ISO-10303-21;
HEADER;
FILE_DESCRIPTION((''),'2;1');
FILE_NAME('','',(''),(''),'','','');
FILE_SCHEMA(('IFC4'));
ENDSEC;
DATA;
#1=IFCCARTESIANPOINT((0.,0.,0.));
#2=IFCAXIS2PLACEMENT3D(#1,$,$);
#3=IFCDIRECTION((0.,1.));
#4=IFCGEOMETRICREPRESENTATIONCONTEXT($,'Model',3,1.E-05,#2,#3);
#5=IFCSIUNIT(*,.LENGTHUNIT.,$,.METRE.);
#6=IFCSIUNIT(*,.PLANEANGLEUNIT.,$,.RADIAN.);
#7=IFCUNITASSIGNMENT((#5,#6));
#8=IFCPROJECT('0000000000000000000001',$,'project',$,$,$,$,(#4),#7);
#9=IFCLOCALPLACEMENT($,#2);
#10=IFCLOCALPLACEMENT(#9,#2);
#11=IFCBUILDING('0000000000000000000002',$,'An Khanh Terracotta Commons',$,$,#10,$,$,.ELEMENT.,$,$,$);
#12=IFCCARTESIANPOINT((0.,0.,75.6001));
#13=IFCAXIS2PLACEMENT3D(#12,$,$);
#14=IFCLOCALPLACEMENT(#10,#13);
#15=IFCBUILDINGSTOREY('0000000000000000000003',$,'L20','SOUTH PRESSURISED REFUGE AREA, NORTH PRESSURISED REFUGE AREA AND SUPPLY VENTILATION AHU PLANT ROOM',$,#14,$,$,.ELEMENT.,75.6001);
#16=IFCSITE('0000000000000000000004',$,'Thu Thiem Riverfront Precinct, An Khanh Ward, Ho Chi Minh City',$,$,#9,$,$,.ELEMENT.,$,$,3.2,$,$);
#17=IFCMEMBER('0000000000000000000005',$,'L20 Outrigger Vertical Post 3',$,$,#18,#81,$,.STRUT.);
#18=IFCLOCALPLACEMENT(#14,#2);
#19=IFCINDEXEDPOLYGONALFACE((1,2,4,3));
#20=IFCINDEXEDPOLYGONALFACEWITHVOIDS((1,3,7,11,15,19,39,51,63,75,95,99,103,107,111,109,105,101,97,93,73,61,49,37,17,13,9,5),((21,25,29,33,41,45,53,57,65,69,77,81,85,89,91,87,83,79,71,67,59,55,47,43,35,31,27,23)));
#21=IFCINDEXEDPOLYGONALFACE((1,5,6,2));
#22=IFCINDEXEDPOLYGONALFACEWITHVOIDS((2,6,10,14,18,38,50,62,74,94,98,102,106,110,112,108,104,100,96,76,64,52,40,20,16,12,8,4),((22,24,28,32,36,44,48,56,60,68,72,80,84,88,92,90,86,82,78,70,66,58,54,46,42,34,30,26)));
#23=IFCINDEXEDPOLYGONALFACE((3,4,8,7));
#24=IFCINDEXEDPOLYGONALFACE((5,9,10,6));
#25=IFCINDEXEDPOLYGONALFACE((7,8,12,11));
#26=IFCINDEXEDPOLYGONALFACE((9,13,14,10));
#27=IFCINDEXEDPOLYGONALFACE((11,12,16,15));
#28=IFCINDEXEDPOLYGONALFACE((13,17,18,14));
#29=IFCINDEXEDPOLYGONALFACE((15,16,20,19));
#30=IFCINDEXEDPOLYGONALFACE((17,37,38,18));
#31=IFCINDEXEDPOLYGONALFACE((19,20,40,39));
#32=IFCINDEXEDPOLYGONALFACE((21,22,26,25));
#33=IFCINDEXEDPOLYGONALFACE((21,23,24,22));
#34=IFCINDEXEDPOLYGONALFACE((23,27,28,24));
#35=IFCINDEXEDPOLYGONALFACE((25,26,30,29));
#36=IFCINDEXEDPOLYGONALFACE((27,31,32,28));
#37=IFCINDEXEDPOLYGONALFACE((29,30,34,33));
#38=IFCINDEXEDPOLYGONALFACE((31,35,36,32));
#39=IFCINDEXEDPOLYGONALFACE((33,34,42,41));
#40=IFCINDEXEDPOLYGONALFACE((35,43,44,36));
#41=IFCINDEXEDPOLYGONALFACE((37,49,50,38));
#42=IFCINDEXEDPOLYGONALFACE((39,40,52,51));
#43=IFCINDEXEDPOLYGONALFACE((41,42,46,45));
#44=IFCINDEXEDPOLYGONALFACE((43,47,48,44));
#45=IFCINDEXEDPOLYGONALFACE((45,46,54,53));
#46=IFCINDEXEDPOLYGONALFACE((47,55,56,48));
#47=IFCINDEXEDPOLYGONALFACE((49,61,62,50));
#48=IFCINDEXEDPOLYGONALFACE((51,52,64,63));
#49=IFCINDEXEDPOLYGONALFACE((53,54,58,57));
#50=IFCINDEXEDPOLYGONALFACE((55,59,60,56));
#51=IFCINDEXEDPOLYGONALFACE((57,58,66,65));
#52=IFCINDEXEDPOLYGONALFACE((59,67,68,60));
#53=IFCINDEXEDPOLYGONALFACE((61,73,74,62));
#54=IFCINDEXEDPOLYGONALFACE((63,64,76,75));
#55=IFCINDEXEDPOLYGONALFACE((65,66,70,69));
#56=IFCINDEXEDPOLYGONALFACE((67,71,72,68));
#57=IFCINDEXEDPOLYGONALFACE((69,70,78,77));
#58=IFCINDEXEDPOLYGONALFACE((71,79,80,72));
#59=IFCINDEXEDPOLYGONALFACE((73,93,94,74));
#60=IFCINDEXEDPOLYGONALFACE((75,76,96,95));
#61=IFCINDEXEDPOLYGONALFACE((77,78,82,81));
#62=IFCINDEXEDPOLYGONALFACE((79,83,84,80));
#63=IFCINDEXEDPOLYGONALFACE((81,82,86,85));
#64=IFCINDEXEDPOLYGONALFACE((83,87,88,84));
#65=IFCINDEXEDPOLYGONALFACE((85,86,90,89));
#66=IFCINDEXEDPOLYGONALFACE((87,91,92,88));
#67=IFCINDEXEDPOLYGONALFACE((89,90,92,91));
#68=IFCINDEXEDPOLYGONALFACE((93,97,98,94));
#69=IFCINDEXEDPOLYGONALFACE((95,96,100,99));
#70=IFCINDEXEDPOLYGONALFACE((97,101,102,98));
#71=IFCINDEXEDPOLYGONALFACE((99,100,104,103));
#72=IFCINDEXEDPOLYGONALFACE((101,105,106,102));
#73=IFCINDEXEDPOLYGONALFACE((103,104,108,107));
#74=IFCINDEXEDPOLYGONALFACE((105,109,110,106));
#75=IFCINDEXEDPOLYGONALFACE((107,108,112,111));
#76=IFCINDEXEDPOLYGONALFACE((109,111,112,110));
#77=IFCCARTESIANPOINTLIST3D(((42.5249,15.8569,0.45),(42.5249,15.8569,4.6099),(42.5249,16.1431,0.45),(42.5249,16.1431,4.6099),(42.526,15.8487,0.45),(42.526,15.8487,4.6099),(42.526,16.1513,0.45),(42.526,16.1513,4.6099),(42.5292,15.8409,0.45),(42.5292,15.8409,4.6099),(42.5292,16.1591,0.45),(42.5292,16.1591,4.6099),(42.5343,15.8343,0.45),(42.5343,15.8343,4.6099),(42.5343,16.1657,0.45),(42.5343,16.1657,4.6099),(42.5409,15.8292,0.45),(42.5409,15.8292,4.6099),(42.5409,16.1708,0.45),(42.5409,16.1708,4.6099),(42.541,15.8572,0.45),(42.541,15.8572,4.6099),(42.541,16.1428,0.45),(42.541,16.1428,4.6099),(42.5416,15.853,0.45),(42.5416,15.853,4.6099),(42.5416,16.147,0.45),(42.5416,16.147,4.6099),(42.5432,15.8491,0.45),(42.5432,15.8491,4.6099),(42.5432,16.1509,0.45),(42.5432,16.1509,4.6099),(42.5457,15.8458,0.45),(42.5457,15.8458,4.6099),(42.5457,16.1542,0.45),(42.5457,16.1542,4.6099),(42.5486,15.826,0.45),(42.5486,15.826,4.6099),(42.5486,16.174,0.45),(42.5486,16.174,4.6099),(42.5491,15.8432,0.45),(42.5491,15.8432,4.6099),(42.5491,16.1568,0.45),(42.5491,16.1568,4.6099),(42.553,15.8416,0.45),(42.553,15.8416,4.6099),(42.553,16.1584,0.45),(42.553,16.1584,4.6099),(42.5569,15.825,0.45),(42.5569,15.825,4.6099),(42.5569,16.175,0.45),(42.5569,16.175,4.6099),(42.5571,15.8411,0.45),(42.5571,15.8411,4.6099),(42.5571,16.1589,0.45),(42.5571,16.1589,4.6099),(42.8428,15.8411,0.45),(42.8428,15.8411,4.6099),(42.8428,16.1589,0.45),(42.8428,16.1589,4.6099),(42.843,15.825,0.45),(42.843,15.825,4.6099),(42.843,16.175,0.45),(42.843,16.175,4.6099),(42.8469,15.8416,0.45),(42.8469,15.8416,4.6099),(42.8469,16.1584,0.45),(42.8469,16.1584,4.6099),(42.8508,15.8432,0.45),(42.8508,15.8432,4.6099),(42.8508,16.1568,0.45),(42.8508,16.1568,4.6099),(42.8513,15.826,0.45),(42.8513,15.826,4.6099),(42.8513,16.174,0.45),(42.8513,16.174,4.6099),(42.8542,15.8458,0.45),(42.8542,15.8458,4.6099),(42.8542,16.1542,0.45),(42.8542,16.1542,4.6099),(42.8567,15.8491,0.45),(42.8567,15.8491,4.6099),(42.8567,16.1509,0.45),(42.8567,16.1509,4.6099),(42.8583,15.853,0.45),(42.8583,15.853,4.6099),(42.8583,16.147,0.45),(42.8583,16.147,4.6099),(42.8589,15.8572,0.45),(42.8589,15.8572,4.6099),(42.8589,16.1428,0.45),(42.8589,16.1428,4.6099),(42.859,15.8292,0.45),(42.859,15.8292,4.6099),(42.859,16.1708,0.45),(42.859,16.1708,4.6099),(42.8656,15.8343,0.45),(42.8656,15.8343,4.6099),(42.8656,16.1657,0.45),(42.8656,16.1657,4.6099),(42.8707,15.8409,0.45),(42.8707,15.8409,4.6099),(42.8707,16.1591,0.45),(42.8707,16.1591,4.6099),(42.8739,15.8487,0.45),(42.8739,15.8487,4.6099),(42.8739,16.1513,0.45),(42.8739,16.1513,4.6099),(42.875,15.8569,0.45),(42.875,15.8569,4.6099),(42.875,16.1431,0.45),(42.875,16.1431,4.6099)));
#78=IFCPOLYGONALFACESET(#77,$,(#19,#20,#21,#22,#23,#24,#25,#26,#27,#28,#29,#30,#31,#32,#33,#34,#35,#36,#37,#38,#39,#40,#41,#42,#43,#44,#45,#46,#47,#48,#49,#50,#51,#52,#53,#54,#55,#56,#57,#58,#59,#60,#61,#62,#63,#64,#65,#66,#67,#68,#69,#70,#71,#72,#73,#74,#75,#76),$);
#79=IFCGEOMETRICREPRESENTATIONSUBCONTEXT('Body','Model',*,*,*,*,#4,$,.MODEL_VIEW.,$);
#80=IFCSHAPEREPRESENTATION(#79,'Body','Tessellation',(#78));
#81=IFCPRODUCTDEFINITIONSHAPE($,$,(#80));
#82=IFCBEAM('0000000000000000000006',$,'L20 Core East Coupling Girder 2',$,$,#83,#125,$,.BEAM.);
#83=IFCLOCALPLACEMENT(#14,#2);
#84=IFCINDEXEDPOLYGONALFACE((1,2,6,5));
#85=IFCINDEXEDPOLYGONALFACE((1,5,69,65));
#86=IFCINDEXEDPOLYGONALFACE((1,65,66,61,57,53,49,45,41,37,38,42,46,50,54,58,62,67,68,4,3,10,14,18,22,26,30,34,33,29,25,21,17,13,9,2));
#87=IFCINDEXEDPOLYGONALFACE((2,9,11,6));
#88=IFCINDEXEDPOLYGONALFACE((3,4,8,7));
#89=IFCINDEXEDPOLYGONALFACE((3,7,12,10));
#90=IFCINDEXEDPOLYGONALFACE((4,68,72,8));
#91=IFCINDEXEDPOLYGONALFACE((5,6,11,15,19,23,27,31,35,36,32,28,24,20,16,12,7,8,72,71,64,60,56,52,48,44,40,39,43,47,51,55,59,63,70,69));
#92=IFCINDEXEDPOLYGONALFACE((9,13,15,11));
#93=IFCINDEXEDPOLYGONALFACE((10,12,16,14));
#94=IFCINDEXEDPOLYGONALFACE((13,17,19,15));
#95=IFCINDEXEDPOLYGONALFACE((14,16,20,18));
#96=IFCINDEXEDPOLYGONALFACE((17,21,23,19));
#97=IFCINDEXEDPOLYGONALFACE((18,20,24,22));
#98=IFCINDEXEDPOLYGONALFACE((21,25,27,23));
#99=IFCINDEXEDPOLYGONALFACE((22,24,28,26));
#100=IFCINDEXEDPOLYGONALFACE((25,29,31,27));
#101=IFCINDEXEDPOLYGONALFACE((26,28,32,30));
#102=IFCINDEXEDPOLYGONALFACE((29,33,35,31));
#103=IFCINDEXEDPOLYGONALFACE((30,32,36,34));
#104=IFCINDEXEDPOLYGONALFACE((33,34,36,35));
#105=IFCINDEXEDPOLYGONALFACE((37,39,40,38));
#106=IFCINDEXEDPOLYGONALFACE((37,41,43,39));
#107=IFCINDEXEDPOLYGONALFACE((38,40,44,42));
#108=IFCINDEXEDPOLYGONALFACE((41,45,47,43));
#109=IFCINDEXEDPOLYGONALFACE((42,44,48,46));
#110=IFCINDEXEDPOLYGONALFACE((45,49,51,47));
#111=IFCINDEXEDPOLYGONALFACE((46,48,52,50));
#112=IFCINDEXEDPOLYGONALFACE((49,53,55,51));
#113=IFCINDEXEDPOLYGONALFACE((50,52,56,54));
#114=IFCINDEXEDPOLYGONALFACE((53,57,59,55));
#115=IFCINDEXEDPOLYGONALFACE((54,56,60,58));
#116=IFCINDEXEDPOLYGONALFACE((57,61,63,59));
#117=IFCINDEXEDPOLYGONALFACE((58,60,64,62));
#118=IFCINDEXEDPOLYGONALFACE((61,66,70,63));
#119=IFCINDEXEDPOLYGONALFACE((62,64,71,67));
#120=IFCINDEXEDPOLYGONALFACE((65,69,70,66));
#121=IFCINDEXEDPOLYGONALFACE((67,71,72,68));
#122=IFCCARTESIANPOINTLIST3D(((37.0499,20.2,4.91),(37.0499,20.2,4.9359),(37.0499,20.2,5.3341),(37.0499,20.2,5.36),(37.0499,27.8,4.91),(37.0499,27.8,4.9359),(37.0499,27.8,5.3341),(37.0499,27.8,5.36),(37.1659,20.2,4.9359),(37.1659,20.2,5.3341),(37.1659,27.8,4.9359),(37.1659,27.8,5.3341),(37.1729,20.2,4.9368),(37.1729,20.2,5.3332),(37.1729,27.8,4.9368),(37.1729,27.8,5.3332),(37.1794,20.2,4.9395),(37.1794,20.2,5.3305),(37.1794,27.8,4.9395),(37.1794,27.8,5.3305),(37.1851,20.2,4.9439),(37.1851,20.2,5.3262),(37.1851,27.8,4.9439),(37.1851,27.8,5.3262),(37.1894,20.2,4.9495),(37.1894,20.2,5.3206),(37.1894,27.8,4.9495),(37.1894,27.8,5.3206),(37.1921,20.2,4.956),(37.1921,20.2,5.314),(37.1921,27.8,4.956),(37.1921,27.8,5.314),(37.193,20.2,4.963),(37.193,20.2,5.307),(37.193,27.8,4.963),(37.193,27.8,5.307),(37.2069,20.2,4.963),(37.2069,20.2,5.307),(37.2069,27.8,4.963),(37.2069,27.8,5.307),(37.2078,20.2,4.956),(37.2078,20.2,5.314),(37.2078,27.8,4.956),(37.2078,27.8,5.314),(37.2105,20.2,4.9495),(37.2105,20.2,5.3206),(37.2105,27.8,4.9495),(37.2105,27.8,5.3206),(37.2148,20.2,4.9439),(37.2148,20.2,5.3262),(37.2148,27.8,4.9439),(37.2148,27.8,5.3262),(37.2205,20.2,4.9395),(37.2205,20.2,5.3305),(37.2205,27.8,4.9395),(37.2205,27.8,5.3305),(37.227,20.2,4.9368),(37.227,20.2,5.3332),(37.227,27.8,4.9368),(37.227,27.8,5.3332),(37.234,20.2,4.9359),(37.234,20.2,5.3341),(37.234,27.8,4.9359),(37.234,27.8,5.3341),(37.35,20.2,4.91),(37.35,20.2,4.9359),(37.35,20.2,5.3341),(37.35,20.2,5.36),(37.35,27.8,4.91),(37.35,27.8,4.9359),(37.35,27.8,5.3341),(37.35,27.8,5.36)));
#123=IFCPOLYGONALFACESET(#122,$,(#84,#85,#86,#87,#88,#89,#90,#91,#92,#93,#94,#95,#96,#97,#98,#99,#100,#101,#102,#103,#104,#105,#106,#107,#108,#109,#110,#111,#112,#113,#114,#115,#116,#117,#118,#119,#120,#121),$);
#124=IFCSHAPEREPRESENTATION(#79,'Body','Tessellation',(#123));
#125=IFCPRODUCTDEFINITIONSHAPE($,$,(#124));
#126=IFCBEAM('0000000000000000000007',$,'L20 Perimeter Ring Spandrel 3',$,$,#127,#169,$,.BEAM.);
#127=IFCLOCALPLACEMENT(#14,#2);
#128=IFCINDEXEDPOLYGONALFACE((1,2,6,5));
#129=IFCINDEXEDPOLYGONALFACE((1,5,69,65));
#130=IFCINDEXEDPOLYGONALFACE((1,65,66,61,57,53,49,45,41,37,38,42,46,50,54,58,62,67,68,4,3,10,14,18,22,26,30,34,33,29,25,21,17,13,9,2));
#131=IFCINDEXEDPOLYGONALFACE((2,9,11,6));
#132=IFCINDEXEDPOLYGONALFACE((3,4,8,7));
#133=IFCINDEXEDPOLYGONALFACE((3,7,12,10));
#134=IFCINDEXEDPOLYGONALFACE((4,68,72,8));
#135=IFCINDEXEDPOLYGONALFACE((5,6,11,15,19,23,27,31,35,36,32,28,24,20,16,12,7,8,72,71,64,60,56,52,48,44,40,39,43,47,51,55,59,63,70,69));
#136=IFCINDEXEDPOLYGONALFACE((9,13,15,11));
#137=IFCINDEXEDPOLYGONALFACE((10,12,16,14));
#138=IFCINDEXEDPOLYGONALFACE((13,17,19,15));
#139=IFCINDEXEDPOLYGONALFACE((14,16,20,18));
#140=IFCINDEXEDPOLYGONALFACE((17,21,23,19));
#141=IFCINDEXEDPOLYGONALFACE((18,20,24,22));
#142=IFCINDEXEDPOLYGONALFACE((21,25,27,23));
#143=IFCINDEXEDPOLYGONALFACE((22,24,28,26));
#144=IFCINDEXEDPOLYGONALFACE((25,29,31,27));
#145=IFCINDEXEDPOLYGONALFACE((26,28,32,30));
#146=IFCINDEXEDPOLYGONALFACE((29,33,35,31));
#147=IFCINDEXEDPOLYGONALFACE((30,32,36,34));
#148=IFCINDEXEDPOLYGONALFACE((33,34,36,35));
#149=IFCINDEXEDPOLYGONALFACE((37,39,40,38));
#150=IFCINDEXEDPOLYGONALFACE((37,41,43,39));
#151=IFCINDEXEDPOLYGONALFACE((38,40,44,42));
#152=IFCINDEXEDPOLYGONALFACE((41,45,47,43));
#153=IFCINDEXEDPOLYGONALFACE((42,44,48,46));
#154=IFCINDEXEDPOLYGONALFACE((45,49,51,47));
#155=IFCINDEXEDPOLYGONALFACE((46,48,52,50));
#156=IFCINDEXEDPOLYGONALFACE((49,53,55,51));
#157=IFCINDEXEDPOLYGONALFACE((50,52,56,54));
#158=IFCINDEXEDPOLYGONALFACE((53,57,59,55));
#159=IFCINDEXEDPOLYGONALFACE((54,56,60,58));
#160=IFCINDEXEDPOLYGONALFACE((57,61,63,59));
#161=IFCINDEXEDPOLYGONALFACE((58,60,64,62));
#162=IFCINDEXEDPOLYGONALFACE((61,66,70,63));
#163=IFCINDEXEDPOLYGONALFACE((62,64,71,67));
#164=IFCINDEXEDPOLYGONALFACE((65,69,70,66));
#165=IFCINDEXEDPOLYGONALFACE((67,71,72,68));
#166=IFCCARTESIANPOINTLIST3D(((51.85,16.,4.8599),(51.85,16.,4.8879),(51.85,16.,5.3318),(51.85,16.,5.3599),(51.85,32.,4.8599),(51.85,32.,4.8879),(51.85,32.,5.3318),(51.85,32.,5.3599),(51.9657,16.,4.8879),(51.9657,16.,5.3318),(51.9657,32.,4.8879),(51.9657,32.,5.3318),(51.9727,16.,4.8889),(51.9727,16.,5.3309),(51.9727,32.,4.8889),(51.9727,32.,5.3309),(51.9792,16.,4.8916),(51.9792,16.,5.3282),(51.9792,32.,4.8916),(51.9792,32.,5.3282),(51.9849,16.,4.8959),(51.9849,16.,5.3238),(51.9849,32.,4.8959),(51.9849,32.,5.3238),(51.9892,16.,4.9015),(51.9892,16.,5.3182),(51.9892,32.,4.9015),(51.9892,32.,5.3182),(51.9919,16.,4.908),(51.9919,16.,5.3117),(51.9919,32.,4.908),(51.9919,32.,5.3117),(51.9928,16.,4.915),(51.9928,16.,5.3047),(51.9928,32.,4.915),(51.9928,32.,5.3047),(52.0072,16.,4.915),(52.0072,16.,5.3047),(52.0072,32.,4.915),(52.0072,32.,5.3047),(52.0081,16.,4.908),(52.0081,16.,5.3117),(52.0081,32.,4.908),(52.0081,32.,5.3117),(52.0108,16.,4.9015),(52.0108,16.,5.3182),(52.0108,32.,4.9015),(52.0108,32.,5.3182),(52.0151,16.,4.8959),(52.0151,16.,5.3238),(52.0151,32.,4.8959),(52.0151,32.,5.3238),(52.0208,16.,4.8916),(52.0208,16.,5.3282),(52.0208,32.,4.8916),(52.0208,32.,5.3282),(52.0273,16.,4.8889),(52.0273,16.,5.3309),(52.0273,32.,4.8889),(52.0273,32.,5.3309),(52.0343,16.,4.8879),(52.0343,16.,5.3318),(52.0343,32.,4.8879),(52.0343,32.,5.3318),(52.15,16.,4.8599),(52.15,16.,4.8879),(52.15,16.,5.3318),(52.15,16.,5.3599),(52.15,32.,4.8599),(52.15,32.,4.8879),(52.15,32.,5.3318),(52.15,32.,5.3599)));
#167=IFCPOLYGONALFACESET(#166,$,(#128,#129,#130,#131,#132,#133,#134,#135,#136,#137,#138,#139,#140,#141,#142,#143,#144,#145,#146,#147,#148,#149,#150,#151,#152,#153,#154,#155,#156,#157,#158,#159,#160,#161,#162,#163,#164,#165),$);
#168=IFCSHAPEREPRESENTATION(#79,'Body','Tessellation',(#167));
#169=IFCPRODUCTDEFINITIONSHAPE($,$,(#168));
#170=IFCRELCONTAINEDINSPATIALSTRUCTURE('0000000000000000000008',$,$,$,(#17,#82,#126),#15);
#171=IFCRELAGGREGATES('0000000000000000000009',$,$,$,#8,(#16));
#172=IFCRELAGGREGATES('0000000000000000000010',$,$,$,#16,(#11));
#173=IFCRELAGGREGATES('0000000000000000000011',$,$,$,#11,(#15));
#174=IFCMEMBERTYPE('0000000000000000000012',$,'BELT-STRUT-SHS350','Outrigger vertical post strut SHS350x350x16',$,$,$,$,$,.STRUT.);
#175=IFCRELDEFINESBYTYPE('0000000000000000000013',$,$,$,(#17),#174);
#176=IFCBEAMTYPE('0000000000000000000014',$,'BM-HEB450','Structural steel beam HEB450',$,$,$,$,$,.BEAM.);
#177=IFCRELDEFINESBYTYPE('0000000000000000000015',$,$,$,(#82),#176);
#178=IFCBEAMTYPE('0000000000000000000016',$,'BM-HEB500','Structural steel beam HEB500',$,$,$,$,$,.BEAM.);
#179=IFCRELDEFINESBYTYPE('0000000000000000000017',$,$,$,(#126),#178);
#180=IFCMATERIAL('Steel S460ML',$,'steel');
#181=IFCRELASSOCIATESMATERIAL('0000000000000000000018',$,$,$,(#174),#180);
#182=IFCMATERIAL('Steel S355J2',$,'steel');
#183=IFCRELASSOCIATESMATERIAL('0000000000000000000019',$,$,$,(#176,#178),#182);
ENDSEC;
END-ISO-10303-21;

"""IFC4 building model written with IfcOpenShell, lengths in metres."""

from ifc_helpers import new_model, si_unit, direction, frame, origin, origin_2d, place, context, subcontext, project, spatial, hollow_rectangle, i_section, extrude, material, material_profile, profile_set, type_object, element, save


model = new_model("IFC4")

# Units and contexts
model_context = context("Model", 3, precision=1e-05, world=origin(), true_north=direction((0.0, 1.0)))
body_context = subcontext(model_context, "Body", "Model", "MODEL_VIEW")
ifc_project = project(units=[si_unit("LENGTHUNIT", "METRE"), si_unit("PLANEANGLEUNIT", "RADIAN")], contexts=[model_context])

# Site, building, storey
site_placement = place(None, origin())
site = spatial("IfcSite", under=ifc_project, at=site_placement, Name="Thu Thiem Riverfront Precinct, An Khanh Ward, Ho Chi Minh City", CompositionType="ELEMENT", RefElevation=3.2)
building_placement = place(site_placement, origin())
building = spatial("IfcBuilding", under=site, at=building_placement, Name="An Khanh Terracotta Commons", CompositionType="ELEMENT")
storey_placement = place(building_placement, frame((0.0, 0.0, 75.6001)))
storey = spatial("IfcBuildingStorey", under=building, at=storey_placement, Name="L20", Description="SOUTH PRESSURISED REFUGE AREA, NORTH PRESSURISED REFUGE AREA AND SUPPLY VENTILATION AHU PLANT ROOM", CompositionType="ELEMENT", Elevation=75.6001)

# Shared definitions
ifc_material_1 = material(Name="Steel S460ML", Category="steel")

# Member
ifc_material_profile_1 = material_profile(ifc_material_1, hollow_rectangle(XDim=0.3501, YDim=0.3501, WallThickness=0.0161, InnerFilletRadius=0.0161, OuterFilletRadius=0.032, at=origin_2d()), Name="SHS350x350x16")
ifc_profile_set_1 = profile_set([ifc_material_profile_1], Name="Steel S460ML")
member_type_1 = type_object("IfcMemberType", Name="BELT-STRUT-SHS350", Description="Outrigger vertical post strut SHS350x350x16", PredefinedType="STRUT", material=ifc_profile_set_1)
member_1_placement = place(storey_placement, frame((42.7, 16.0, 0.45), z_axis=(0.0, 0.0, 1.0), x_axis=(1.0, 0.0, 0.0)))
element("IfcMember", 1, at=member_1_placement, inside=storey, type_object=member_type_1, Name="L20 Outrigger Vertical Post 3", PredefinedType="STRUT", context=body_context, shape_type="SweptSolid", body=[
    extrude(hollow_rectangle(XDim=0.3501, YDim=0.3501, WallThickness=0.0161, InnerFilletRadius=0.0161, OuterFilletRadius=0.032, at=origin_2d()), origin(), (0.0, 0.0, 1.0), 4.1599),
])

# Beams
ifc_material_2 = material(Name="Steel S355J2", Category="steel")
ifc_material_profile_2 = material_profile(ifc_material_2, i_section(OverallWidth=0.3, OverallDepth=0.45, WebThickness=0.0139, FlangeThickness=0.0259, FilletRadius=0.0271, at=origin_2d()), Name="HEB450")
ifc_profile_set_2 = profile_set([ifc_material_profile_2], Name="Steel S355J2")
beam_type_1 = type_object("IfcBeamType", Name="BM-HEB450", Description="Structural steel beam HEB450", PredefinedType="BEAM", material=ifc_profile_set_2)
beam_1_placement = place(storey_placement, frame((37.2, 20.2, 5.135), z_axis=(0.0, 1.0, 0.0), x_axis=(-1.0, 0.0, 0.0)))
element("IfcBeam", 2, at=beam_1_placement, inside=storey, type_object=beam_type_1, Name="L20 Core East Coupling Girder 2", PredefinedType="BEAM", context=body_context, shape_type="SweptSolid", body=[
    extrude(i_section(OverallWidth=0.3, OverallDepth=0.45, WebThickness=0.0139, FlangeThickness=0.0259, FilletRadius=0.0271, at=origin_2d()), origin(), (0.0, 0.0, 1.0), 7.6001),
])
ifc_material_profile_3 = material_profile(ifc_material_2, i_section(OverallWidth=0.3, OverallDepth=0.5, WebThickness=0.0144, FlangeThickness=0.0281, FilletRadius=0.0271, at=origin_2d()), Name="HEB500")
ifc_profile_set_3 = profile_set([ifc_material_profile_3], Name="Steel S355J2")
beam_type_2 = type_object("IfcBeamType", Name="BM-HEB500", Description="Structural steel beam HEB500", PredefinedType="BEAM", material=ifc_profile_set_3)
beam_2_placement = place(storey_placement, frame((52.0, 16.0, 5.1099), z_axis=(0.0, 1.0, 0.0), x_axis=(-1.0, 0.0, 0.0)))
element("IfcBeam", 3, at=beam_2_placement, inside=storey, type_object=beam_type_2, Name="L20 Perimeter Ring Spandrel 3", PredefinedType="BEAM", context=body_context, shape_type="SweptSolid", body=[
    extrude(i_section(OverallWidth=0.3, OverallDepth=0.5, WebThickness=0.0144, FlangeThickness=0.0281, FilletRadius=0.0271, at=origin_2d()), origin(), (0.0, 0.0, 1.0), 16.0),
])

save(model, "model.ifc")
